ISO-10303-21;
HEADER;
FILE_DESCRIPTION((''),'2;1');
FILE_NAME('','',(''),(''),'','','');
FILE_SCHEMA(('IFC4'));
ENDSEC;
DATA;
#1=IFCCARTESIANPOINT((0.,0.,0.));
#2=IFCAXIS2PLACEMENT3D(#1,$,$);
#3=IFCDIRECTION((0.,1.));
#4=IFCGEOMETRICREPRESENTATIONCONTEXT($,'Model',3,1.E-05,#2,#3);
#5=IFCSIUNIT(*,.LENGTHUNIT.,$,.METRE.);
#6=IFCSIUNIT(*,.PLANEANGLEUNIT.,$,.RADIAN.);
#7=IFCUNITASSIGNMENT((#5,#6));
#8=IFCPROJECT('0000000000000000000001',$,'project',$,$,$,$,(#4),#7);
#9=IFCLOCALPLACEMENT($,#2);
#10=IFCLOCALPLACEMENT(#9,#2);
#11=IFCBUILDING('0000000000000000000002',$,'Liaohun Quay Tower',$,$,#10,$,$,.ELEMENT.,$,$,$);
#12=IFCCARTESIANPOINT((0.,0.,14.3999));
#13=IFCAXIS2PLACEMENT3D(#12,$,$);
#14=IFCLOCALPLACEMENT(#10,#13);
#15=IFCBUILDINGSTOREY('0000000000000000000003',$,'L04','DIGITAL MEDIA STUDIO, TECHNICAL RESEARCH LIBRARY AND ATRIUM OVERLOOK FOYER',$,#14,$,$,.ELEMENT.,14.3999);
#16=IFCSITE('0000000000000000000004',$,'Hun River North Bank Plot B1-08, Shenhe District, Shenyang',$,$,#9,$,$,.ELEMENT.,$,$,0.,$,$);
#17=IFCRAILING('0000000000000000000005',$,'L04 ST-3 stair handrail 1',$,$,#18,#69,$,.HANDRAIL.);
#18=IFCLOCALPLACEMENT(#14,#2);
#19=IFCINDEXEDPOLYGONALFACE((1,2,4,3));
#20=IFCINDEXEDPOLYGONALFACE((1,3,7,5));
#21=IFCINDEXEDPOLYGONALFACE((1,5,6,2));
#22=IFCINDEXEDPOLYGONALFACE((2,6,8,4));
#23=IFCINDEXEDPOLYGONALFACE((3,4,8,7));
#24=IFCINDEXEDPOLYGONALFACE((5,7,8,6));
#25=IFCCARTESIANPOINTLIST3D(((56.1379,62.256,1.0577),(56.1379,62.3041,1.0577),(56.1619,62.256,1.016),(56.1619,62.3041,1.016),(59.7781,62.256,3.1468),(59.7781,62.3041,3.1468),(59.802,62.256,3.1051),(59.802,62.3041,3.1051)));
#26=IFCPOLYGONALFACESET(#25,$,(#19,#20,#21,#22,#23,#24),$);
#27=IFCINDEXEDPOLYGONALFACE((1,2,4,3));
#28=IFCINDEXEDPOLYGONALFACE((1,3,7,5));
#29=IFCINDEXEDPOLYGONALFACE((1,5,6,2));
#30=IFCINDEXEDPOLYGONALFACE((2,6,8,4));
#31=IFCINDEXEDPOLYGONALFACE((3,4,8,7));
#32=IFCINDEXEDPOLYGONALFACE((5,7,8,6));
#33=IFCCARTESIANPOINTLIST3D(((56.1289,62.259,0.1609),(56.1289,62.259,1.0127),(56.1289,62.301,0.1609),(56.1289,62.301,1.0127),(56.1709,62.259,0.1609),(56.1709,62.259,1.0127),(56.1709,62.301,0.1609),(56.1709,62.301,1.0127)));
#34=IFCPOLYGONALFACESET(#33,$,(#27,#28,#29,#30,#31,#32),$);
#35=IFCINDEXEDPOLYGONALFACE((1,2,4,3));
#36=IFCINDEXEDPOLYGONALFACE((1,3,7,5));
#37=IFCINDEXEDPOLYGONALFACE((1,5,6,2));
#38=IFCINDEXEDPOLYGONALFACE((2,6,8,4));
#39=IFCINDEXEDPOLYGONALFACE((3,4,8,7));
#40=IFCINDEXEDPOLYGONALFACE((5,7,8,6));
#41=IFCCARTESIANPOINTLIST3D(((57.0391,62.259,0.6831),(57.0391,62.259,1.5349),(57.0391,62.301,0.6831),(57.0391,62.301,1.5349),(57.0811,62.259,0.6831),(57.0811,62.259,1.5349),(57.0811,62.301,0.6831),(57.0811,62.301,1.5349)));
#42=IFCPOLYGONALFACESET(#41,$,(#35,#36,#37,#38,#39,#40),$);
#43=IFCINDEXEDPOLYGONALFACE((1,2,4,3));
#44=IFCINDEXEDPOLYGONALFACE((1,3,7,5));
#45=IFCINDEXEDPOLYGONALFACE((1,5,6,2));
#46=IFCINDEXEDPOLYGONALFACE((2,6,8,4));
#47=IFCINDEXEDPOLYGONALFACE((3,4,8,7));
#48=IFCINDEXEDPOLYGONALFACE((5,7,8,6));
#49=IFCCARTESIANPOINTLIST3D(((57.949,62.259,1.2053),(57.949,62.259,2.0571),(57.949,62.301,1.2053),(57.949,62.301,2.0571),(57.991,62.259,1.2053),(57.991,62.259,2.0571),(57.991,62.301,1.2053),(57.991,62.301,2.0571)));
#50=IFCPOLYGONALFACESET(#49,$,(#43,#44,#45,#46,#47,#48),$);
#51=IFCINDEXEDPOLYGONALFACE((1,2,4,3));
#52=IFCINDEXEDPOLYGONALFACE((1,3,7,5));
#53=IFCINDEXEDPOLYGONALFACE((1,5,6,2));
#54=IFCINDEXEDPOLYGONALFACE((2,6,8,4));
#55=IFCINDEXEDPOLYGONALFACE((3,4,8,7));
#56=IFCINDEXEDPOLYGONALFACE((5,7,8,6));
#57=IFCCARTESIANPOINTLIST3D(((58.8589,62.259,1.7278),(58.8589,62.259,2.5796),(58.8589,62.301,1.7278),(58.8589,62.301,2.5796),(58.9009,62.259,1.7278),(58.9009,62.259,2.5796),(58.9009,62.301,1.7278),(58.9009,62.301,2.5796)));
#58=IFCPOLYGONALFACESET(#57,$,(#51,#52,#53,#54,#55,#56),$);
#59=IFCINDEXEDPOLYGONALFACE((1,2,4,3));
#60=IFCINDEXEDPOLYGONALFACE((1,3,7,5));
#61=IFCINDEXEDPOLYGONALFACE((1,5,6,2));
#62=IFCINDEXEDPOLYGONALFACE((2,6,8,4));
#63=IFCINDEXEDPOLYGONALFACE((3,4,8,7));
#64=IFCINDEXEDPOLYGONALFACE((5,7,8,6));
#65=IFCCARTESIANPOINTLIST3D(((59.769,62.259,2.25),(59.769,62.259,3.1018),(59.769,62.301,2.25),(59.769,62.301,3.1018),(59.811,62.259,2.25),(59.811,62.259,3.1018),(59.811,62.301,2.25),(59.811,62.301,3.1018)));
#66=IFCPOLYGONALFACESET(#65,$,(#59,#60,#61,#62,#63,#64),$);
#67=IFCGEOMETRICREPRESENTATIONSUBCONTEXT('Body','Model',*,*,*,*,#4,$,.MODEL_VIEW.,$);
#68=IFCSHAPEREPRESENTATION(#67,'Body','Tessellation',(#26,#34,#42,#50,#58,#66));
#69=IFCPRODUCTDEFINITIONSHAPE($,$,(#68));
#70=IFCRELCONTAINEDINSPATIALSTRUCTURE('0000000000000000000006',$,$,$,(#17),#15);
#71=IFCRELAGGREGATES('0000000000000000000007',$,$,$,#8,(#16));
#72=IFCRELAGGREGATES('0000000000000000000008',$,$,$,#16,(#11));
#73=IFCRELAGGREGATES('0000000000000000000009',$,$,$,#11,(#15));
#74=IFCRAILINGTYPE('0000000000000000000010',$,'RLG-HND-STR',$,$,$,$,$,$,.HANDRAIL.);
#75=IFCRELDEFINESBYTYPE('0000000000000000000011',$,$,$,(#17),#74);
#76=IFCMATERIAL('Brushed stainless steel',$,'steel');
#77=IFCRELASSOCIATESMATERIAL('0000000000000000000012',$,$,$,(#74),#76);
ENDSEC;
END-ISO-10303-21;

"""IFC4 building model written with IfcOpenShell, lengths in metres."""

from ifc_helpers import new_model, si_unit, direction, frame, origin, origin_2d, place, context, subcontext, project, spatial, rectangle, extrude, material, type_object, element, save


model = new_model("IFC4")

# Units and contexts
model_context = context("Model", 3, precision=1e-05, world=origin(), true_north=direction((0.0, 1.0)))
body_context = subcontext(model_context, "Body", "Model", "MODEL_VIEW")
ifc_project = project(units=[si_unit("LENGTHUNIT", "METRE"), si_unit("PLANEANGLEUNIT", "RADIAN")], contexts=[model_context])

# Site, building, storey
site_placement = place(None, origin())
site = spatial("IfcSite", under=ifc_project, at=site_placement, Name="Hun River North Bank Plot B1-08, Shenhe District, Shenyang", CompositionType="ELEMENT", RefElevation=0.0)
building_placement = place(site_placement, origin())
building = spatial("IfcBuilding", under=site, at=building_placement, Name="Liaohun Quay Tower", CompositionType="ELEMENT")
storey_placement = place(building_placement, frame((0.0, 0.0, 14.3999)))
storey = spatial("IfcBuildingStorey", under=building, at=storey_placement, Name="L04", Description="DIGITAL MEDIA STUDIO, TECHNICAL RESEARCH LIBRARY AND ATRIUM OVERLOOK FOYER", CompositionType="ELEMENT", Elevation=14.3999)

# Railing
ifc_material_1 = material(Name="Brushed stainless steel", Category="steel")
railing_type_1 = type_object("IfcRailingType", Name="RLG-HND-STR", PredefinedType="HANDRAIL", material=ifc_material_1)
railing_1_placement = place(storey_placement, frame((56.1499, 62.28, 0.1609)))
element("IfcRailing", 1, at=railing_1_placement, inside=storey, type_object=railing_type_1, Name="L04 ST-3 stair handrail 1", PredefinedType="HANDRAIL", context=body_context, shape_type="SweptSolid", body=[
    extrude(rectangle(XDim=0.0481, YDim=0.0481, at=origin_2d()), frame((0.0, 0.0, 0.876), z_axis=(0.867314, 0.0, 0.497761), x_axis=(0.0, 1.0, 0.0)), (0.0, 0.0, 1.0), 4.197),
    extrude(rectangle(XDim=0.042, YDim=0.042, at=origin_2d()), origin(), (0.0, 0.0, 1.0), 0.8518),
    extrude(rectangle(XDim=0.042, YDim=0.042, at=origin_2d()), frame((0.9102, 0.0, 0.5222)), (0.0, 0.0, 1.0), 0.8518),
    extrude(rectangle(XDim=0.042, YDim=0.042, at=origin_2d()), frame((1.8201, 0.0, 1.0444)), (0.0, 0.0, 1.0), 0.8518),
    extrude(rectangle(XDim=0.042, YDim=0.042, at=origin_2d()), frame((2.73, 0.0, 1.5669)), (0.0, 0.0, 1.0), 0.8518),
    extrude(rectangle(XDim=0.042, YDim=0.042, at=origin_2d()), frame((3.6401, 0.0, 2.0891)), (0.0, 0.0, 1.0), 0.8518),
])

save(model, "model.ifc")
